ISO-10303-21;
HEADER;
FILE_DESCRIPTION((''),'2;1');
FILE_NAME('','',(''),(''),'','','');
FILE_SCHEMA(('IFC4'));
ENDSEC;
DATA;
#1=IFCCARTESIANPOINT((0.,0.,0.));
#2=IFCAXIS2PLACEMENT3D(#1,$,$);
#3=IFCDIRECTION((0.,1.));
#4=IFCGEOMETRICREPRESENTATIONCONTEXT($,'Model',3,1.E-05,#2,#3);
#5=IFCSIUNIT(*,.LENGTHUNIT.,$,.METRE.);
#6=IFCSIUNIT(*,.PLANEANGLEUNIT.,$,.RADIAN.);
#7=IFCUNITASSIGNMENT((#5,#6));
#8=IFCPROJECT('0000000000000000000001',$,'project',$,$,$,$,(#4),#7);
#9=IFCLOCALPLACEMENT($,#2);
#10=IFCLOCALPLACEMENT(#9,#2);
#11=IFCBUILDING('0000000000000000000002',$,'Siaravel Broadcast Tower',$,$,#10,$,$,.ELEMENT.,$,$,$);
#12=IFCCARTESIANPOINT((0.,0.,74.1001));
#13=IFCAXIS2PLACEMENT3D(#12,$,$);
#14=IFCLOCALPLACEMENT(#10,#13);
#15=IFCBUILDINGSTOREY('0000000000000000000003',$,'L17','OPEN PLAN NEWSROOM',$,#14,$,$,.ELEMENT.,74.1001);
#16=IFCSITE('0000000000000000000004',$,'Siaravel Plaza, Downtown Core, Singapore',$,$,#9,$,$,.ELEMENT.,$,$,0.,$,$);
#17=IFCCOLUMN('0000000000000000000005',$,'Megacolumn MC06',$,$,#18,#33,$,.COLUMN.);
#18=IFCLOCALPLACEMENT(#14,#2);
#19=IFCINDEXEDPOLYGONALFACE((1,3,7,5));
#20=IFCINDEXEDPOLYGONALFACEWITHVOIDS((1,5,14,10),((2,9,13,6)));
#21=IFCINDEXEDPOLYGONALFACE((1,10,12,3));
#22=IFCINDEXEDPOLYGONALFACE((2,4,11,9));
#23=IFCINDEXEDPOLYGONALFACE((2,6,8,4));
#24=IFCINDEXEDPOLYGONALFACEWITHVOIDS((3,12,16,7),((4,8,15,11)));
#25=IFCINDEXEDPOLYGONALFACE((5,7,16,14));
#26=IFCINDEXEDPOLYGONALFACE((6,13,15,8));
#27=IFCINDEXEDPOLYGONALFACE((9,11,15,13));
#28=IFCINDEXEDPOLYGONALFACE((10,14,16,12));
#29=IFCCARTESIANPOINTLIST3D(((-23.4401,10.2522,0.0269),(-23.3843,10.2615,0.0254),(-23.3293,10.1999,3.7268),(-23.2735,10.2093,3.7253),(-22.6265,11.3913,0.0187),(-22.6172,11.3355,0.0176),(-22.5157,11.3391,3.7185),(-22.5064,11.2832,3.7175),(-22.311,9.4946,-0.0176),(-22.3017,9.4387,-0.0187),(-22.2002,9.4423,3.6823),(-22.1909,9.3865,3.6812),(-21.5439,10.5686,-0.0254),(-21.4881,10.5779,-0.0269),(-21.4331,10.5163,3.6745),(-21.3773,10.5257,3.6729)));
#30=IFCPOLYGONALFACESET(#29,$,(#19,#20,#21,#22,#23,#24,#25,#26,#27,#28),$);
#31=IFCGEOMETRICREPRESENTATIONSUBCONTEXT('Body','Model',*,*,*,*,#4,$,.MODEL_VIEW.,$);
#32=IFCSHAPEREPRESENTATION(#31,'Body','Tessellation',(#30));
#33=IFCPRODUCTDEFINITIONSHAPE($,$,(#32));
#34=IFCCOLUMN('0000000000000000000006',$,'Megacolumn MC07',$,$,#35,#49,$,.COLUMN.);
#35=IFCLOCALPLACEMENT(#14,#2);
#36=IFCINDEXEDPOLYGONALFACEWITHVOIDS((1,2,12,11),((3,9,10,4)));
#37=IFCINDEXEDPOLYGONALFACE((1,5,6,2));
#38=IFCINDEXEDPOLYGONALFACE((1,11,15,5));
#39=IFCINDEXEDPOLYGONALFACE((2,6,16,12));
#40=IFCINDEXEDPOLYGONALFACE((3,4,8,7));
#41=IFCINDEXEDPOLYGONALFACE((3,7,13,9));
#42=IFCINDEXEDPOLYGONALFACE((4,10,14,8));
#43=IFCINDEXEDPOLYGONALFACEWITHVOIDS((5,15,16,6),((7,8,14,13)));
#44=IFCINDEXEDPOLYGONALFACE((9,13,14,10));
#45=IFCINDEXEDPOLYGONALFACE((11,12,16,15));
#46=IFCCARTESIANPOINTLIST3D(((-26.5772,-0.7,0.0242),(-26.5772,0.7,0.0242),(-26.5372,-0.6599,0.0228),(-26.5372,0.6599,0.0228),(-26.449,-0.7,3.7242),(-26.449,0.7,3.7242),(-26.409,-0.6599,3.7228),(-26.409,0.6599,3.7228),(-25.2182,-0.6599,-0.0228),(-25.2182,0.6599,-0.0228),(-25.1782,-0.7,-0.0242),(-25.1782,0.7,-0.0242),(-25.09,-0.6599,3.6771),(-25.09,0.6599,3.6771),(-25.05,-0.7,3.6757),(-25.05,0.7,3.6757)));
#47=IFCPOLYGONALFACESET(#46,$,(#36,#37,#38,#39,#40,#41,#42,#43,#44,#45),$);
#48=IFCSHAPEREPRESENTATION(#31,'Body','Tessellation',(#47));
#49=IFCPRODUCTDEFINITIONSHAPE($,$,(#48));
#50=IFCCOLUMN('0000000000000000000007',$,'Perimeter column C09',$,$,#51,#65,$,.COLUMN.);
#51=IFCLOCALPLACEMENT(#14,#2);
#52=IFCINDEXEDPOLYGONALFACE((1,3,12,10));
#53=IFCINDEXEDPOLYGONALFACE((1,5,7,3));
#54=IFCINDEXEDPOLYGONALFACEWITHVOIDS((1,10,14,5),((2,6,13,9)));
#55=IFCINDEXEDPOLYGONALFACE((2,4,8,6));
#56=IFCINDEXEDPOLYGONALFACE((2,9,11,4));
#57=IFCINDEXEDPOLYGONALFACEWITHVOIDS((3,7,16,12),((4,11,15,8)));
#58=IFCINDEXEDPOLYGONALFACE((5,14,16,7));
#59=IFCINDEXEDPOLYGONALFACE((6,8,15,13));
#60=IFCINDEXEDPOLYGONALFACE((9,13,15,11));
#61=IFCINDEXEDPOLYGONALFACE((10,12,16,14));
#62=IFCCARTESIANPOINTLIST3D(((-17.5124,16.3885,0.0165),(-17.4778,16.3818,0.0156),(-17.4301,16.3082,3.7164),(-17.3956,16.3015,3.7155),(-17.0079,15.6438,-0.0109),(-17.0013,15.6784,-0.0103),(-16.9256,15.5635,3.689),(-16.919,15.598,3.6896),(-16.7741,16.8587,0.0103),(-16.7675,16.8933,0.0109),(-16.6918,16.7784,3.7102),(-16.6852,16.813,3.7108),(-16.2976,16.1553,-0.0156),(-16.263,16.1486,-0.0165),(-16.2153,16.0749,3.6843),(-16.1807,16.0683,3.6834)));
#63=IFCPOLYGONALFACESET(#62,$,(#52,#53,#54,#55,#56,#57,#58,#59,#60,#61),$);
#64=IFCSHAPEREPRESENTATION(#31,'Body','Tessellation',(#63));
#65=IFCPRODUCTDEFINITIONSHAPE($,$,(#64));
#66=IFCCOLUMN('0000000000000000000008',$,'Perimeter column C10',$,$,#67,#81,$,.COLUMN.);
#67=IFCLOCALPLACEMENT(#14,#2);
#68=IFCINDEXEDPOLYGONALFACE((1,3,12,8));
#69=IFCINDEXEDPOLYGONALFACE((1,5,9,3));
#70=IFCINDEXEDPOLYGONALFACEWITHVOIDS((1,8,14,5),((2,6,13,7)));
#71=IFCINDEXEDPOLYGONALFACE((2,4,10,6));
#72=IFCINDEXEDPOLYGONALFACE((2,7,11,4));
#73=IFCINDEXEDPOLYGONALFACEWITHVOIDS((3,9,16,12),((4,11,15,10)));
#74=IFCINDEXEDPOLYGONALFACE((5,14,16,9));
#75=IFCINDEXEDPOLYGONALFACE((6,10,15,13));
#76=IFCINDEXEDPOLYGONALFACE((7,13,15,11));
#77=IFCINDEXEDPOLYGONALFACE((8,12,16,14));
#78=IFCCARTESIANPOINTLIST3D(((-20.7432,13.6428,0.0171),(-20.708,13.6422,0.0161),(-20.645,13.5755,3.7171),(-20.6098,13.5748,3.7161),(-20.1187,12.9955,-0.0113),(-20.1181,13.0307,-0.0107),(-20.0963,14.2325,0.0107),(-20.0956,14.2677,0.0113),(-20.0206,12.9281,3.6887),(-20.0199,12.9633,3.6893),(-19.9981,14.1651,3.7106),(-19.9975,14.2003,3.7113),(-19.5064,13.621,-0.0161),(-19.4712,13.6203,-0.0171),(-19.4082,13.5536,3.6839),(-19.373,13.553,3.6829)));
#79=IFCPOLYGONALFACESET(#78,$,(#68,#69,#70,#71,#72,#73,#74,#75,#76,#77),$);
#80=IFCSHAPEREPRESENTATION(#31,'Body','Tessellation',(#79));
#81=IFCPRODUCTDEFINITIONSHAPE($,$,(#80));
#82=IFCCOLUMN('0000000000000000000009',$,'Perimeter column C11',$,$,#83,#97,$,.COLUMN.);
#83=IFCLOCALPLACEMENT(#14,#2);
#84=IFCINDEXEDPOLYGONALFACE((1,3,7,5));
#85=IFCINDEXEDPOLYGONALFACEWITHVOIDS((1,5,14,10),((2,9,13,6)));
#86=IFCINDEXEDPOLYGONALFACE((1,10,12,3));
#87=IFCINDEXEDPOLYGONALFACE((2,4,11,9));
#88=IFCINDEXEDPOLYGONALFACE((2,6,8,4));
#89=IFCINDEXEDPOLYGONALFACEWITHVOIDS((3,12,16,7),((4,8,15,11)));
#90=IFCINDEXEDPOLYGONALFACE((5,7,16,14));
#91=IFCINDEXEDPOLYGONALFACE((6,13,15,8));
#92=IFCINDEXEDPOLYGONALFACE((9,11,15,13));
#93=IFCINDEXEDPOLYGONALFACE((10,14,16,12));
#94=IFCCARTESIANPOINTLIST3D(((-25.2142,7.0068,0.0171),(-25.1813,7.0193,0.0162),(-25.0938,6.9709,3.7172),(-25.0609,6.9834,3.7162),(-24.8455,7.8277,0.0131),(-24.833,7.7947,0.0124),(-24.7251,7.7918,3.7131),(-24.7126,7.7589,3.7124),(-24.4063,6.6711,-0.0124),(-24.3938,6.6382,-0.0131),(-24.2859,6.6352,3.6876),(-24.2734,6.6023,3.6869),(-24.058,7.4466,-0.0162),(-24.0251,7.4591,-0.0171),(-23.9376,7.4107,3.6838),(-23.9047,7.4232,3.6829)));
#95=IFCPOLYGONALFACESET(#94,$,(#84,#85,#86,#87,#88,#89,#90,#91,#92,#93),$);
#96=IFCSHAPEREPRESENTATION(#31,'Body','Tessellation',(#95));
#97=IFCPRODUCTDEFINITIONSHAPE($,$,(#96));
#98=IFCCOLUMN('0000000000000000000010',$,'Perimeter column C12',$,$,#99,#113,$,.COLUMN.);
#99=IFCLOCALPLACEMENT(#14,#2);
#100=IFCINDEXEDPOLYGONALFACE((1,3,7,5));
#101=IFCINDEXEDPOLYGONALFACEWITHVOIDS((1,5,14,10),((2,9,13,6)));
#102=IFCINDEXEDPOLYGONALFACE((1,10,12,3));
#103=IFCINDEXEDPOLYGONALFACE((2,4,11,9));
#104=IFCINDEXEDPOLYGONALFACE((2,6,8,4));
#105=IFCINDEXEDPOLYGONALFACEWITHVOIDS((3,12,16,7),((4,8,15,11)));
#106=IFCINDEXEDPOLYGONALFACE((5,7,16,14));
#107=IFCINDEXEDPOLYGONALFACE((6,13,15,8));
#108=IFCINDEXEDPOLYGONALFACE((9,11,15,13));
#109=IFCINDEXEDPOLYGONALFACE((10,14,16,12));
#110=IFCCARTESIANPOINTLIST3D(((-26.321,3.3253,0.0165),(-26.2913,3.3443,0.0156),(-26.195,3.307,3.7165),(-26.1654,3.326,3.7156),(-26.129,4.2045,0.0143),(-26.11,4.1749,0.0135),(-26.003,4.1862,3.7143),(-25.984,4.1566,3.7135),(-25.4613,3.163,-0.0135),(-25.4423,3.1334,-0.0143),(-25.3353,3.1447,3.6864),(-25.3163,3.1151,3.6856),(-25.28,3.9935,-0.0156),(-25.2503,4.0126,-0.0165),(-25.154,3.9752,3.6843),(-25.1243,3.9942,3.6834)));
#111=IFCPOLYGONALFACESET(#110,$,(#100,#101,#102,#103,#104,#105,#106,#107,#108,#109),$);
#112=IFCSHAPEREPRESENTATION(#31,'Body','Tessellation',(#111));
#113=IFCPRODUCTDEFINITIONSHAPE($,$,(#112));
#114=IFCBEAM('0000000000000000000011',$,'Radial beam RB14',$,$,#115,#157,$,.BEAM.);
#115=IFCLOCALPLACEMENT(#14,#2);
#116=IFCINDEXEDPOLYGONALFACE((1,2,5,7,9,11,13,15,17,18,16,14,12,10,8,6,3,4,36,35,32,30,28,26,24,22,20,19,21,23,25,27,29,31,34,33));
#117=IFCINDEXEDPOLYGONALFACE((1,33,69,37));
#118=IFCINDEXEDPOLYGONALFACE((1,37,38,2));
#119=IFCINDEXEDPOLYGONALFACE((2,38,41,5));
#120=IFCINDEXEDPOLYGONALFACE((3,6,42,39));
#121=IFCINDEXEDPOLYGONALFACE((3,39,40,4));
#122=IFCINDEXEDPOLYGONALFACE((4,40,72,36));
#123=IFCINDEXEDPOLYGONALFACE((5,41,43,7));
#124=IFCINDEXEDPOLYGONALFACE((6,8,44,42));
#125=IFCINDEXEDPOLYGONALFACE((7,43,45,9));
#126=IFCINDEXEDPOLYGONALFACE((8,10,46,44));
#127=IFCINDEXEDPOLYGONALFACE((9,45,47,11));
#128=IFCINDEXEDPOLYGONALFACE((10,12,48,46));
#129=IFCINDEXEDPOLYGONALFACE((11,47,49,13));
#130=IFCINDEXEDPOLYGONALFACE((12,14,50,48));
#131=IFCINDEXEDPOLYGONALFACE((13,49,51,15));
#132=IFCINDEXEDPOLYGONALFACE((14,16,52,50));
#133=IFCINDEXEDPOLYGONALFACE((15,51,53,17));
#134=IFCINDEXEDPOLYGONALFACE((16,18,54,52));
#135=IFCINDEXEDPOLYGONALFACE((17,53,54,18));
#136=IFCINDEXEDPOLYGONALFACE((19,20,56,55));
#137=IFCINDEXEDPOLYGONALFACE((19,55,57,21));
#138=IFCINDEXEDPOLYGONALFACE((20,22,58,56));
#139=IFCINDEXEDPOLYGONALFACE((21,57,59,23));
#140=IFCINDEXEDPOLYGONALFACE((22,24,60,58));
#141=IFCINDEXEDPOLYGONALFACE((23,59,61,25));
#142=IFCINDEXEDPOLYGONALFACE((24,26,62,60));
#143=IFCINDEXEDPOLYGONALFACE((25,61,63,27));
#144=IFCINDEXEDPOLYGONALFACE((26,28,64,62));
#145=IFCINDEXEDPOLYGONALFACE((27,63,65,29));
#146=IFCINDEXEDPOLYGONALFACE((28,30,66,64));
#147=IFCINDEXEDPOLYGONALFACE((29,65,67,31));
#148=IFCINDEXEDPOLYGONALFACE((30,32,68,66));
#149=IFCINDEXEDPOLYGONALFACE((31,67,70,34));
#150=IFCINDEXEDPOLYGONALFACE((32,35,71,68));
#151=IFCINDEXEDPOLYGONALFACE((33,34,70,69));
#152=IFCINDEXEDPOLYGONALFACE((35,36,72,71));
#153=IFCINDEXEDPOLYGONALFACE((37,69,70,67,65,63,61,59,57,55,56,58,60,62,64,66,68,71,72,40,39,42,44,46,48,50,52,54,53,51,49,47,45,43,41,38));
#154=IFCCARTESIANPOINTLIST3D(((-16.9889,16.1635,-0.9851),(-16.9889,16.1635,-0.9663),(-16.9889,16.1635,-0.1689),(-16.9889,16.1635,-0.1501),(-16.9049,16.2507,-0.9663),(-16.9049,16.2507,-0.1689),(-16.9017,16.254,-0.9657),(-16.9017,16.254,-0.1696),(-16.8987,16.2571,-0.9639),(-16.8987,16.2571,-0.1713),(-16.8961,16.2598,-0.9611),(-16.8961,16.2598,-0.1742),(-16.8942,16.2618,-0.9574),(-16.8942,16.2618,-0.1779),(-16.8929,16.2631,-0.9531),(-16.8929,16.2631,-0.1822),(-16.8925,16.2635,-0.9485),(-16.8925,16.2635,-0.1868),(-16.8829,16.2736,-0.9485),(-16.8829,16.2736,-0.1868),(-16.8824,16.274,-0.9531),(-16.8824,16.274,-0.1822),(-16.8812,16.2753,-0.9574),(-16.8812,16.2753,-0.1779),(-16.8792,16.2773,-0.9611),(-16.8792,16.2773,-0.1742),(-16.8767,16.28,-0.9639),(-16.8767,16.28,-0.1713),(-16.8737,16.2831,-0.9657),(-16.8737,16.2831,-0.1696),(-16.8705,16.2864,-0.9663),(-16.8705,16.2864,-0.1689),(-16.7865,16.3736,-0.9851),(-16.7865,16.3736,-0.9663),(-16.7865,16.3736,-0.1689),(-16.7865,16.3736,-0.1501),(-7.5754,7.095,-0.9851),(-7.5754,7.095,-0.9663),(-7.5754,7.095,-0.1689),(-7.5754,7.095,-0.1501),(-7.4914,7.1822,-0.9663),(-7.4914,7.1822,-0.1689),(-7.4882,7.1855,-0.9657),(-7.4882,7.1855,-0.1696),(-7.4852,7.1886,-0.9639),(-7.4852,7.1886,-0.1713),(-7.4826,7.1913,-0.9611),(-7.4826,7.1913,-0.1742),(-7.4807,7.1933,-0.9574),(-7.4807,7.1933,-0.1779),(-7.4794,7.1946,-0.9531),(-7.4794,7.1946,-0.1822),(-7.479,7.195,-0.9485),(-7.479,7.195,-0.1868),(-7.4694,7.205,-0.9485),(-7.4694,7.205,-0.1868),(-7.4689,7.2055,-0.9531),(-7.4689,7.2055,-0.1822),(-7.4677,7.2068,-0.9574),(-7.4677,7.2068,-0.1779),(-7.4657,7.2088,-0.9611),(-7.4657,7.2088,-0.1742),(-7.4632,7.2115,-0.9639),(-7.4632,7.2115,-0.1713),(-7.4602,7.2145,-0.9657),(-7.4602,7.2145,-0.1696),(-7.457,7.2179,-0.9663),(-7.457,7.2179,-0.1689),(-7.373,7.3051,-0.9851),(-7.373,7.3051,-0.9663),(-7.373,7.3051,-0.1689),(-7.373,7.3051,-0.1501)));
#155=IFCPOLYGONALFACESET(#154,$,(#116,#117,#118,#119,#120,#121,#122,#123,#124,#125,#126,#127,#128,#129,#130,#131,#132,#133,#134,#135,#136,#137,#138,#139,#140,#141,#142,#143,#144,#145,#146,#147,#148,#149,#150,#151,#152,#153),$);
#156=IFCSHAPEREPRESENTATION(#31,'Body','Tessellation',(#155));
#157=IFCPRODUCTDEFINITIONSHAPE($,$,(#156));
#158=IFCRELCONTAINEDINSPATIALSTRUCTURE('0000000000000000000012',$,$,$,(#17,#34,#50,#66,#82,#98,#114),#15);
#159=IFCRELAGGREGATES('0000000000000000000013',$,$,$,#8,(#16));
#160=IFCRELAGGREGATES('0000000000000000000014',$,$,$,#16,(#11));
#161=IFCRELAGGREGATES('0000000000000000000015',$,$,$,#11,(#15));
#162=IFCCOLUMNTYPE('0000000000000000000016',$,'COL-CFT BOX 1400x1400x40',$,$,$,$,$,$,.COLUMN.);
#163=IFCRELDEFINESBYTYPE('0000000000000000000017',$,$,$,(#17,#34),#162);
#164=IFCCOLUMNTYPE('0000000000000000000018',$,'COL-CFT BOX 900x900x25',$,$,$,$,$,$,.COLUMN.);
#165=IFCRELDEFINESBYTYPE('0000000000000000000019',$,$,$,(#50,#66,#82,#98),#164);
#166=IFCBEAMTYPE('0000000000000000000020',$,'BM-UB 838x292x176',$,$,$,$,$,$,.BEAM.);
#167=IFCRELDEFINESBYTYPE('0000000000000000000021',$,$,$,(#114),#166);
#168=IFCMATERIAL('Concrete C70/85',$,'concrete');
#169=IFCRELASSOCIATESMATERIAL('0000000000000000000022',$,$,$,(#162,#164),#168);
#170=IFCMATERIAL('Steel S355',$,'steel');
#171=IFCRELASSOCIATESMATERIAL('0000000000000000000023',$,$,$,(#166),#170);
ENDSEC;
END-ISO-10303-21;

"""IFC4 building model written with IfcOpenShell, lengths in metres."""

from ifc_helpers import new_model, si_unit, direction, frame, origin, origin_2d, place, context, subcontext, project, spatial, hollow_rectangle, i_section, extrude, material, material_profile, profile_set, type_object, element, save


model = new_model("IFC4")

# Units and contexts
model_context = context("Model", 3, precision=1e-05, world=origin(), true_north=direction((0.0, 1.0)))
body_context = subcontext(model_context, "Body", "Model", "MODEL_VIEW")
ifc_project = project(units=[si_unit("LENGTHUNIT", "METRE"), si_unit("PLANEANGLEUNIT", "RADIAN")], contexts=[model_context])

# Site, building, storey
site_placement = place(None, origin())
site = spatial("IfcSite", under=ifc_project, at=site_placement, Name="Siaravel Plaza, Downtown Core, Singapore", CompositionType="ELEMENT", RefElevation=0.0)
building_placement = place(site_placement, origin())
building = spatial("IfcBuilding", under=site, at=building_placement, Name="Siaravel Broadcast Tower", CompositionType="ELEMENT")
storey_placement = place(building_placement, frame((0.0, 0.0, 74.1001)))
storey = spatial("IfcBuildingStorey", under=building, at=storey_placement, Name="L17", Description="OPEN PLAN NEWSROOM", CompositionType="ELEMENT", Elevation=74.1001)

# Columns
ifc_material_1 = material(Name="Concrete C70/85", Category="concrete")
ifc_material_profile_1 = material_profile(ifc_material_1, hollow_rectangle(XDim=1.3999, YDim=1.3999, WallThickness=0.04, at=origin_2d()))
ifc_profile_set_1 = profile_set([ifc_material_profile_1], Name="Concrete C70/85")
column_type_1 = type_object("IfcColumnType", Name="COL-CFT BOX 1400x1400x40", PredefinedType="COLUMN", material=ifc_profile_set_1)
column_1_placement = place(storey_placement, frame((-22.4641, 10.415, 0.0), z_axis=(0.029941, -0.014113, 0.999452), x_axis=(0.581205, 0.813736, -0.005921)))
element("IfcColumn", 1, at=column_1_placement, inside=storey, type_object=column_type_1, Name="Megacolumn MC06", PredefinedType="COLUMN", context=body_context, shape_type="SweptSolid", body=[
    extrude(hollow_rectangle(XDim=1.3999, YDim=1.3999, WallThickness=0.04, at=origin_2d()), origin(), (0.0, 0.0, 1.0), 3.7019),
])
column_2_placement = place(storey_placement, frame((-25.8777, 0.0, 0.0), z_axis=(0.034621, 0.0, 0.999401), x_axis=(0.0, 1.0, 0.0)))
element("IfcColumn", 2, at=column_2_placement, inside=storey, type_object=column_type_1, Name="Megacolumn MC07", PredefinedType="COLUMN", context=body_context, shape_type="SweptSolid", body=[
    extrude(hollow_rectangle(XDim=1.3999, YDim=1.3999, WallThickness=0.04, at=origin_2d()), origin(), (0.0, 0.0, 1.0), 3.7021),
])
ifc_material_profile_2 = material_profile(ifc_material_1, hollow_rectangle(XDim=0.8999, YDim=0.8999, WallThickness=0.0249, at=origin_2d()))
ifc_profile_set_2 = profile_set([ifc_material_profile_2], Name="Concrete C70/85")
column_type_2 = type_object("IfcColumnType", Name="COL-CFT BOX 900x900x25", PredefinedType="COLUMN", material=ifc_profile_set_2)
column_3_placement = place(storey_placement, frame((-16.8877, 16.2686, 0.0), z_axis=(0.022226, -0.021699, 0.999517), x_axis=(0.827793, 0.560999, -0.006229)))
element("IfcColumn", 3, at=column_3_placement, inside=storey, type_object=column_type_2, Name="Perimeter column C09", PredefinedType="COLUMN", context=body_context, shape_type="SweptSolid", body=[
    extrude(hollow_rectangle(XDim=0.8999, YDim=0.8999, WallThickness=0.0249, at=origin_2d()), origin(), (0.0, 0.0, 1.0), 3.7017),
])
column_4_placement = place(storey_placement, frame((-20.1072, 13.6316, 0.0), z_axis=(0.026512, -0.018202, 0.999483), x_axis=(0.719584, 0.694375, -0.006442)))
element("IfcColumn", 4, at=column_4_placement, inside=storey, type_object=column_type_2, Name="Perimeter column C10", PredefinedType="COLUMN", context=body_context, shape_type="SweptSolid", body=[
    extrude(hollow_rectangle(XDim=0.8999, YDim=0.8999, WallThickness=0.0249, at=origin_2d()), origin(), (0.0, 0.0, 1.0), 3.7019),
])
for number, where, z_axis, x_axis, name in (
    (5, (-24.6196, 7.2329, 0.0), (0.032512, -0.009694, 0.999424), (0.409679, 0.912219, -0.004479), "Perimeter column C11"),
    (6, (-25.7856, 3.6689, 0.0), (0.034028, -0.004946, 0.999409), (0.213346, 0.976974, -0.002429), "Perimeter column C12"),
):
    element("IfcColumn", number, at=place(storey_placement, frame(where, z_axis=z_axis, x_axis=x_axis)), inside=storey, type_object=column_type_2, Name=name, PredefinedType="COLUMN", context=body_context, shape_type="SweptSolid", body=[
        extrude(hollow_rectangle(XDim=0.8999, YDim=0.8999, WallThickness=0.0249, at=origin_2d()), origin(), (0.0, 0.0, 1.0), 3.7021),
    ])

# Beam
ifc_material_2 = material(Name="Steel S355", Category="steel")
ifc_material_profile_3 = material_profile(ifc_material_2, i_section(OverallWidth=0.2917, OverallDepth=0.835, WebThickness=0.0139, FlangeThickness=0.0188, FilletRadius=0.0178, at=origin_2d()))
ifc_profile_set_3 = profile_set([ifc_material_profile_3], Name="Steel S355")
beam_type = type_object("IfcBeamType", Name="BM-UB 838x292x176", PredefinedType="BEAM", material=ifc_profile_set_3)
beam_1_placement = place(storey_placement, frame((-16.8877, 16.2686, -0.5676), z_axis=(0.72018, -0.693788, 0.0), x_axis=(0.693788, 0.72018, 0.0)))
element("IfcBeam", 7, at=beam_1_placement, inside=storey, type_object=beam_type, Name="Radial beam RB14", PredefinedType="BEAM", context=body_context, shape_type="SweptSolid", body=[
    extrude(i_section(OverallWidth=0.2917, OverallDepth=0.835, WebThickness=0.0139, FlangeThickness=0.0188, FilletRadius=0.0178, at=origin_2d()), origin(), (0.0, 0.0, 1.0), 13.071),
])

save(model, "model.ifc")
